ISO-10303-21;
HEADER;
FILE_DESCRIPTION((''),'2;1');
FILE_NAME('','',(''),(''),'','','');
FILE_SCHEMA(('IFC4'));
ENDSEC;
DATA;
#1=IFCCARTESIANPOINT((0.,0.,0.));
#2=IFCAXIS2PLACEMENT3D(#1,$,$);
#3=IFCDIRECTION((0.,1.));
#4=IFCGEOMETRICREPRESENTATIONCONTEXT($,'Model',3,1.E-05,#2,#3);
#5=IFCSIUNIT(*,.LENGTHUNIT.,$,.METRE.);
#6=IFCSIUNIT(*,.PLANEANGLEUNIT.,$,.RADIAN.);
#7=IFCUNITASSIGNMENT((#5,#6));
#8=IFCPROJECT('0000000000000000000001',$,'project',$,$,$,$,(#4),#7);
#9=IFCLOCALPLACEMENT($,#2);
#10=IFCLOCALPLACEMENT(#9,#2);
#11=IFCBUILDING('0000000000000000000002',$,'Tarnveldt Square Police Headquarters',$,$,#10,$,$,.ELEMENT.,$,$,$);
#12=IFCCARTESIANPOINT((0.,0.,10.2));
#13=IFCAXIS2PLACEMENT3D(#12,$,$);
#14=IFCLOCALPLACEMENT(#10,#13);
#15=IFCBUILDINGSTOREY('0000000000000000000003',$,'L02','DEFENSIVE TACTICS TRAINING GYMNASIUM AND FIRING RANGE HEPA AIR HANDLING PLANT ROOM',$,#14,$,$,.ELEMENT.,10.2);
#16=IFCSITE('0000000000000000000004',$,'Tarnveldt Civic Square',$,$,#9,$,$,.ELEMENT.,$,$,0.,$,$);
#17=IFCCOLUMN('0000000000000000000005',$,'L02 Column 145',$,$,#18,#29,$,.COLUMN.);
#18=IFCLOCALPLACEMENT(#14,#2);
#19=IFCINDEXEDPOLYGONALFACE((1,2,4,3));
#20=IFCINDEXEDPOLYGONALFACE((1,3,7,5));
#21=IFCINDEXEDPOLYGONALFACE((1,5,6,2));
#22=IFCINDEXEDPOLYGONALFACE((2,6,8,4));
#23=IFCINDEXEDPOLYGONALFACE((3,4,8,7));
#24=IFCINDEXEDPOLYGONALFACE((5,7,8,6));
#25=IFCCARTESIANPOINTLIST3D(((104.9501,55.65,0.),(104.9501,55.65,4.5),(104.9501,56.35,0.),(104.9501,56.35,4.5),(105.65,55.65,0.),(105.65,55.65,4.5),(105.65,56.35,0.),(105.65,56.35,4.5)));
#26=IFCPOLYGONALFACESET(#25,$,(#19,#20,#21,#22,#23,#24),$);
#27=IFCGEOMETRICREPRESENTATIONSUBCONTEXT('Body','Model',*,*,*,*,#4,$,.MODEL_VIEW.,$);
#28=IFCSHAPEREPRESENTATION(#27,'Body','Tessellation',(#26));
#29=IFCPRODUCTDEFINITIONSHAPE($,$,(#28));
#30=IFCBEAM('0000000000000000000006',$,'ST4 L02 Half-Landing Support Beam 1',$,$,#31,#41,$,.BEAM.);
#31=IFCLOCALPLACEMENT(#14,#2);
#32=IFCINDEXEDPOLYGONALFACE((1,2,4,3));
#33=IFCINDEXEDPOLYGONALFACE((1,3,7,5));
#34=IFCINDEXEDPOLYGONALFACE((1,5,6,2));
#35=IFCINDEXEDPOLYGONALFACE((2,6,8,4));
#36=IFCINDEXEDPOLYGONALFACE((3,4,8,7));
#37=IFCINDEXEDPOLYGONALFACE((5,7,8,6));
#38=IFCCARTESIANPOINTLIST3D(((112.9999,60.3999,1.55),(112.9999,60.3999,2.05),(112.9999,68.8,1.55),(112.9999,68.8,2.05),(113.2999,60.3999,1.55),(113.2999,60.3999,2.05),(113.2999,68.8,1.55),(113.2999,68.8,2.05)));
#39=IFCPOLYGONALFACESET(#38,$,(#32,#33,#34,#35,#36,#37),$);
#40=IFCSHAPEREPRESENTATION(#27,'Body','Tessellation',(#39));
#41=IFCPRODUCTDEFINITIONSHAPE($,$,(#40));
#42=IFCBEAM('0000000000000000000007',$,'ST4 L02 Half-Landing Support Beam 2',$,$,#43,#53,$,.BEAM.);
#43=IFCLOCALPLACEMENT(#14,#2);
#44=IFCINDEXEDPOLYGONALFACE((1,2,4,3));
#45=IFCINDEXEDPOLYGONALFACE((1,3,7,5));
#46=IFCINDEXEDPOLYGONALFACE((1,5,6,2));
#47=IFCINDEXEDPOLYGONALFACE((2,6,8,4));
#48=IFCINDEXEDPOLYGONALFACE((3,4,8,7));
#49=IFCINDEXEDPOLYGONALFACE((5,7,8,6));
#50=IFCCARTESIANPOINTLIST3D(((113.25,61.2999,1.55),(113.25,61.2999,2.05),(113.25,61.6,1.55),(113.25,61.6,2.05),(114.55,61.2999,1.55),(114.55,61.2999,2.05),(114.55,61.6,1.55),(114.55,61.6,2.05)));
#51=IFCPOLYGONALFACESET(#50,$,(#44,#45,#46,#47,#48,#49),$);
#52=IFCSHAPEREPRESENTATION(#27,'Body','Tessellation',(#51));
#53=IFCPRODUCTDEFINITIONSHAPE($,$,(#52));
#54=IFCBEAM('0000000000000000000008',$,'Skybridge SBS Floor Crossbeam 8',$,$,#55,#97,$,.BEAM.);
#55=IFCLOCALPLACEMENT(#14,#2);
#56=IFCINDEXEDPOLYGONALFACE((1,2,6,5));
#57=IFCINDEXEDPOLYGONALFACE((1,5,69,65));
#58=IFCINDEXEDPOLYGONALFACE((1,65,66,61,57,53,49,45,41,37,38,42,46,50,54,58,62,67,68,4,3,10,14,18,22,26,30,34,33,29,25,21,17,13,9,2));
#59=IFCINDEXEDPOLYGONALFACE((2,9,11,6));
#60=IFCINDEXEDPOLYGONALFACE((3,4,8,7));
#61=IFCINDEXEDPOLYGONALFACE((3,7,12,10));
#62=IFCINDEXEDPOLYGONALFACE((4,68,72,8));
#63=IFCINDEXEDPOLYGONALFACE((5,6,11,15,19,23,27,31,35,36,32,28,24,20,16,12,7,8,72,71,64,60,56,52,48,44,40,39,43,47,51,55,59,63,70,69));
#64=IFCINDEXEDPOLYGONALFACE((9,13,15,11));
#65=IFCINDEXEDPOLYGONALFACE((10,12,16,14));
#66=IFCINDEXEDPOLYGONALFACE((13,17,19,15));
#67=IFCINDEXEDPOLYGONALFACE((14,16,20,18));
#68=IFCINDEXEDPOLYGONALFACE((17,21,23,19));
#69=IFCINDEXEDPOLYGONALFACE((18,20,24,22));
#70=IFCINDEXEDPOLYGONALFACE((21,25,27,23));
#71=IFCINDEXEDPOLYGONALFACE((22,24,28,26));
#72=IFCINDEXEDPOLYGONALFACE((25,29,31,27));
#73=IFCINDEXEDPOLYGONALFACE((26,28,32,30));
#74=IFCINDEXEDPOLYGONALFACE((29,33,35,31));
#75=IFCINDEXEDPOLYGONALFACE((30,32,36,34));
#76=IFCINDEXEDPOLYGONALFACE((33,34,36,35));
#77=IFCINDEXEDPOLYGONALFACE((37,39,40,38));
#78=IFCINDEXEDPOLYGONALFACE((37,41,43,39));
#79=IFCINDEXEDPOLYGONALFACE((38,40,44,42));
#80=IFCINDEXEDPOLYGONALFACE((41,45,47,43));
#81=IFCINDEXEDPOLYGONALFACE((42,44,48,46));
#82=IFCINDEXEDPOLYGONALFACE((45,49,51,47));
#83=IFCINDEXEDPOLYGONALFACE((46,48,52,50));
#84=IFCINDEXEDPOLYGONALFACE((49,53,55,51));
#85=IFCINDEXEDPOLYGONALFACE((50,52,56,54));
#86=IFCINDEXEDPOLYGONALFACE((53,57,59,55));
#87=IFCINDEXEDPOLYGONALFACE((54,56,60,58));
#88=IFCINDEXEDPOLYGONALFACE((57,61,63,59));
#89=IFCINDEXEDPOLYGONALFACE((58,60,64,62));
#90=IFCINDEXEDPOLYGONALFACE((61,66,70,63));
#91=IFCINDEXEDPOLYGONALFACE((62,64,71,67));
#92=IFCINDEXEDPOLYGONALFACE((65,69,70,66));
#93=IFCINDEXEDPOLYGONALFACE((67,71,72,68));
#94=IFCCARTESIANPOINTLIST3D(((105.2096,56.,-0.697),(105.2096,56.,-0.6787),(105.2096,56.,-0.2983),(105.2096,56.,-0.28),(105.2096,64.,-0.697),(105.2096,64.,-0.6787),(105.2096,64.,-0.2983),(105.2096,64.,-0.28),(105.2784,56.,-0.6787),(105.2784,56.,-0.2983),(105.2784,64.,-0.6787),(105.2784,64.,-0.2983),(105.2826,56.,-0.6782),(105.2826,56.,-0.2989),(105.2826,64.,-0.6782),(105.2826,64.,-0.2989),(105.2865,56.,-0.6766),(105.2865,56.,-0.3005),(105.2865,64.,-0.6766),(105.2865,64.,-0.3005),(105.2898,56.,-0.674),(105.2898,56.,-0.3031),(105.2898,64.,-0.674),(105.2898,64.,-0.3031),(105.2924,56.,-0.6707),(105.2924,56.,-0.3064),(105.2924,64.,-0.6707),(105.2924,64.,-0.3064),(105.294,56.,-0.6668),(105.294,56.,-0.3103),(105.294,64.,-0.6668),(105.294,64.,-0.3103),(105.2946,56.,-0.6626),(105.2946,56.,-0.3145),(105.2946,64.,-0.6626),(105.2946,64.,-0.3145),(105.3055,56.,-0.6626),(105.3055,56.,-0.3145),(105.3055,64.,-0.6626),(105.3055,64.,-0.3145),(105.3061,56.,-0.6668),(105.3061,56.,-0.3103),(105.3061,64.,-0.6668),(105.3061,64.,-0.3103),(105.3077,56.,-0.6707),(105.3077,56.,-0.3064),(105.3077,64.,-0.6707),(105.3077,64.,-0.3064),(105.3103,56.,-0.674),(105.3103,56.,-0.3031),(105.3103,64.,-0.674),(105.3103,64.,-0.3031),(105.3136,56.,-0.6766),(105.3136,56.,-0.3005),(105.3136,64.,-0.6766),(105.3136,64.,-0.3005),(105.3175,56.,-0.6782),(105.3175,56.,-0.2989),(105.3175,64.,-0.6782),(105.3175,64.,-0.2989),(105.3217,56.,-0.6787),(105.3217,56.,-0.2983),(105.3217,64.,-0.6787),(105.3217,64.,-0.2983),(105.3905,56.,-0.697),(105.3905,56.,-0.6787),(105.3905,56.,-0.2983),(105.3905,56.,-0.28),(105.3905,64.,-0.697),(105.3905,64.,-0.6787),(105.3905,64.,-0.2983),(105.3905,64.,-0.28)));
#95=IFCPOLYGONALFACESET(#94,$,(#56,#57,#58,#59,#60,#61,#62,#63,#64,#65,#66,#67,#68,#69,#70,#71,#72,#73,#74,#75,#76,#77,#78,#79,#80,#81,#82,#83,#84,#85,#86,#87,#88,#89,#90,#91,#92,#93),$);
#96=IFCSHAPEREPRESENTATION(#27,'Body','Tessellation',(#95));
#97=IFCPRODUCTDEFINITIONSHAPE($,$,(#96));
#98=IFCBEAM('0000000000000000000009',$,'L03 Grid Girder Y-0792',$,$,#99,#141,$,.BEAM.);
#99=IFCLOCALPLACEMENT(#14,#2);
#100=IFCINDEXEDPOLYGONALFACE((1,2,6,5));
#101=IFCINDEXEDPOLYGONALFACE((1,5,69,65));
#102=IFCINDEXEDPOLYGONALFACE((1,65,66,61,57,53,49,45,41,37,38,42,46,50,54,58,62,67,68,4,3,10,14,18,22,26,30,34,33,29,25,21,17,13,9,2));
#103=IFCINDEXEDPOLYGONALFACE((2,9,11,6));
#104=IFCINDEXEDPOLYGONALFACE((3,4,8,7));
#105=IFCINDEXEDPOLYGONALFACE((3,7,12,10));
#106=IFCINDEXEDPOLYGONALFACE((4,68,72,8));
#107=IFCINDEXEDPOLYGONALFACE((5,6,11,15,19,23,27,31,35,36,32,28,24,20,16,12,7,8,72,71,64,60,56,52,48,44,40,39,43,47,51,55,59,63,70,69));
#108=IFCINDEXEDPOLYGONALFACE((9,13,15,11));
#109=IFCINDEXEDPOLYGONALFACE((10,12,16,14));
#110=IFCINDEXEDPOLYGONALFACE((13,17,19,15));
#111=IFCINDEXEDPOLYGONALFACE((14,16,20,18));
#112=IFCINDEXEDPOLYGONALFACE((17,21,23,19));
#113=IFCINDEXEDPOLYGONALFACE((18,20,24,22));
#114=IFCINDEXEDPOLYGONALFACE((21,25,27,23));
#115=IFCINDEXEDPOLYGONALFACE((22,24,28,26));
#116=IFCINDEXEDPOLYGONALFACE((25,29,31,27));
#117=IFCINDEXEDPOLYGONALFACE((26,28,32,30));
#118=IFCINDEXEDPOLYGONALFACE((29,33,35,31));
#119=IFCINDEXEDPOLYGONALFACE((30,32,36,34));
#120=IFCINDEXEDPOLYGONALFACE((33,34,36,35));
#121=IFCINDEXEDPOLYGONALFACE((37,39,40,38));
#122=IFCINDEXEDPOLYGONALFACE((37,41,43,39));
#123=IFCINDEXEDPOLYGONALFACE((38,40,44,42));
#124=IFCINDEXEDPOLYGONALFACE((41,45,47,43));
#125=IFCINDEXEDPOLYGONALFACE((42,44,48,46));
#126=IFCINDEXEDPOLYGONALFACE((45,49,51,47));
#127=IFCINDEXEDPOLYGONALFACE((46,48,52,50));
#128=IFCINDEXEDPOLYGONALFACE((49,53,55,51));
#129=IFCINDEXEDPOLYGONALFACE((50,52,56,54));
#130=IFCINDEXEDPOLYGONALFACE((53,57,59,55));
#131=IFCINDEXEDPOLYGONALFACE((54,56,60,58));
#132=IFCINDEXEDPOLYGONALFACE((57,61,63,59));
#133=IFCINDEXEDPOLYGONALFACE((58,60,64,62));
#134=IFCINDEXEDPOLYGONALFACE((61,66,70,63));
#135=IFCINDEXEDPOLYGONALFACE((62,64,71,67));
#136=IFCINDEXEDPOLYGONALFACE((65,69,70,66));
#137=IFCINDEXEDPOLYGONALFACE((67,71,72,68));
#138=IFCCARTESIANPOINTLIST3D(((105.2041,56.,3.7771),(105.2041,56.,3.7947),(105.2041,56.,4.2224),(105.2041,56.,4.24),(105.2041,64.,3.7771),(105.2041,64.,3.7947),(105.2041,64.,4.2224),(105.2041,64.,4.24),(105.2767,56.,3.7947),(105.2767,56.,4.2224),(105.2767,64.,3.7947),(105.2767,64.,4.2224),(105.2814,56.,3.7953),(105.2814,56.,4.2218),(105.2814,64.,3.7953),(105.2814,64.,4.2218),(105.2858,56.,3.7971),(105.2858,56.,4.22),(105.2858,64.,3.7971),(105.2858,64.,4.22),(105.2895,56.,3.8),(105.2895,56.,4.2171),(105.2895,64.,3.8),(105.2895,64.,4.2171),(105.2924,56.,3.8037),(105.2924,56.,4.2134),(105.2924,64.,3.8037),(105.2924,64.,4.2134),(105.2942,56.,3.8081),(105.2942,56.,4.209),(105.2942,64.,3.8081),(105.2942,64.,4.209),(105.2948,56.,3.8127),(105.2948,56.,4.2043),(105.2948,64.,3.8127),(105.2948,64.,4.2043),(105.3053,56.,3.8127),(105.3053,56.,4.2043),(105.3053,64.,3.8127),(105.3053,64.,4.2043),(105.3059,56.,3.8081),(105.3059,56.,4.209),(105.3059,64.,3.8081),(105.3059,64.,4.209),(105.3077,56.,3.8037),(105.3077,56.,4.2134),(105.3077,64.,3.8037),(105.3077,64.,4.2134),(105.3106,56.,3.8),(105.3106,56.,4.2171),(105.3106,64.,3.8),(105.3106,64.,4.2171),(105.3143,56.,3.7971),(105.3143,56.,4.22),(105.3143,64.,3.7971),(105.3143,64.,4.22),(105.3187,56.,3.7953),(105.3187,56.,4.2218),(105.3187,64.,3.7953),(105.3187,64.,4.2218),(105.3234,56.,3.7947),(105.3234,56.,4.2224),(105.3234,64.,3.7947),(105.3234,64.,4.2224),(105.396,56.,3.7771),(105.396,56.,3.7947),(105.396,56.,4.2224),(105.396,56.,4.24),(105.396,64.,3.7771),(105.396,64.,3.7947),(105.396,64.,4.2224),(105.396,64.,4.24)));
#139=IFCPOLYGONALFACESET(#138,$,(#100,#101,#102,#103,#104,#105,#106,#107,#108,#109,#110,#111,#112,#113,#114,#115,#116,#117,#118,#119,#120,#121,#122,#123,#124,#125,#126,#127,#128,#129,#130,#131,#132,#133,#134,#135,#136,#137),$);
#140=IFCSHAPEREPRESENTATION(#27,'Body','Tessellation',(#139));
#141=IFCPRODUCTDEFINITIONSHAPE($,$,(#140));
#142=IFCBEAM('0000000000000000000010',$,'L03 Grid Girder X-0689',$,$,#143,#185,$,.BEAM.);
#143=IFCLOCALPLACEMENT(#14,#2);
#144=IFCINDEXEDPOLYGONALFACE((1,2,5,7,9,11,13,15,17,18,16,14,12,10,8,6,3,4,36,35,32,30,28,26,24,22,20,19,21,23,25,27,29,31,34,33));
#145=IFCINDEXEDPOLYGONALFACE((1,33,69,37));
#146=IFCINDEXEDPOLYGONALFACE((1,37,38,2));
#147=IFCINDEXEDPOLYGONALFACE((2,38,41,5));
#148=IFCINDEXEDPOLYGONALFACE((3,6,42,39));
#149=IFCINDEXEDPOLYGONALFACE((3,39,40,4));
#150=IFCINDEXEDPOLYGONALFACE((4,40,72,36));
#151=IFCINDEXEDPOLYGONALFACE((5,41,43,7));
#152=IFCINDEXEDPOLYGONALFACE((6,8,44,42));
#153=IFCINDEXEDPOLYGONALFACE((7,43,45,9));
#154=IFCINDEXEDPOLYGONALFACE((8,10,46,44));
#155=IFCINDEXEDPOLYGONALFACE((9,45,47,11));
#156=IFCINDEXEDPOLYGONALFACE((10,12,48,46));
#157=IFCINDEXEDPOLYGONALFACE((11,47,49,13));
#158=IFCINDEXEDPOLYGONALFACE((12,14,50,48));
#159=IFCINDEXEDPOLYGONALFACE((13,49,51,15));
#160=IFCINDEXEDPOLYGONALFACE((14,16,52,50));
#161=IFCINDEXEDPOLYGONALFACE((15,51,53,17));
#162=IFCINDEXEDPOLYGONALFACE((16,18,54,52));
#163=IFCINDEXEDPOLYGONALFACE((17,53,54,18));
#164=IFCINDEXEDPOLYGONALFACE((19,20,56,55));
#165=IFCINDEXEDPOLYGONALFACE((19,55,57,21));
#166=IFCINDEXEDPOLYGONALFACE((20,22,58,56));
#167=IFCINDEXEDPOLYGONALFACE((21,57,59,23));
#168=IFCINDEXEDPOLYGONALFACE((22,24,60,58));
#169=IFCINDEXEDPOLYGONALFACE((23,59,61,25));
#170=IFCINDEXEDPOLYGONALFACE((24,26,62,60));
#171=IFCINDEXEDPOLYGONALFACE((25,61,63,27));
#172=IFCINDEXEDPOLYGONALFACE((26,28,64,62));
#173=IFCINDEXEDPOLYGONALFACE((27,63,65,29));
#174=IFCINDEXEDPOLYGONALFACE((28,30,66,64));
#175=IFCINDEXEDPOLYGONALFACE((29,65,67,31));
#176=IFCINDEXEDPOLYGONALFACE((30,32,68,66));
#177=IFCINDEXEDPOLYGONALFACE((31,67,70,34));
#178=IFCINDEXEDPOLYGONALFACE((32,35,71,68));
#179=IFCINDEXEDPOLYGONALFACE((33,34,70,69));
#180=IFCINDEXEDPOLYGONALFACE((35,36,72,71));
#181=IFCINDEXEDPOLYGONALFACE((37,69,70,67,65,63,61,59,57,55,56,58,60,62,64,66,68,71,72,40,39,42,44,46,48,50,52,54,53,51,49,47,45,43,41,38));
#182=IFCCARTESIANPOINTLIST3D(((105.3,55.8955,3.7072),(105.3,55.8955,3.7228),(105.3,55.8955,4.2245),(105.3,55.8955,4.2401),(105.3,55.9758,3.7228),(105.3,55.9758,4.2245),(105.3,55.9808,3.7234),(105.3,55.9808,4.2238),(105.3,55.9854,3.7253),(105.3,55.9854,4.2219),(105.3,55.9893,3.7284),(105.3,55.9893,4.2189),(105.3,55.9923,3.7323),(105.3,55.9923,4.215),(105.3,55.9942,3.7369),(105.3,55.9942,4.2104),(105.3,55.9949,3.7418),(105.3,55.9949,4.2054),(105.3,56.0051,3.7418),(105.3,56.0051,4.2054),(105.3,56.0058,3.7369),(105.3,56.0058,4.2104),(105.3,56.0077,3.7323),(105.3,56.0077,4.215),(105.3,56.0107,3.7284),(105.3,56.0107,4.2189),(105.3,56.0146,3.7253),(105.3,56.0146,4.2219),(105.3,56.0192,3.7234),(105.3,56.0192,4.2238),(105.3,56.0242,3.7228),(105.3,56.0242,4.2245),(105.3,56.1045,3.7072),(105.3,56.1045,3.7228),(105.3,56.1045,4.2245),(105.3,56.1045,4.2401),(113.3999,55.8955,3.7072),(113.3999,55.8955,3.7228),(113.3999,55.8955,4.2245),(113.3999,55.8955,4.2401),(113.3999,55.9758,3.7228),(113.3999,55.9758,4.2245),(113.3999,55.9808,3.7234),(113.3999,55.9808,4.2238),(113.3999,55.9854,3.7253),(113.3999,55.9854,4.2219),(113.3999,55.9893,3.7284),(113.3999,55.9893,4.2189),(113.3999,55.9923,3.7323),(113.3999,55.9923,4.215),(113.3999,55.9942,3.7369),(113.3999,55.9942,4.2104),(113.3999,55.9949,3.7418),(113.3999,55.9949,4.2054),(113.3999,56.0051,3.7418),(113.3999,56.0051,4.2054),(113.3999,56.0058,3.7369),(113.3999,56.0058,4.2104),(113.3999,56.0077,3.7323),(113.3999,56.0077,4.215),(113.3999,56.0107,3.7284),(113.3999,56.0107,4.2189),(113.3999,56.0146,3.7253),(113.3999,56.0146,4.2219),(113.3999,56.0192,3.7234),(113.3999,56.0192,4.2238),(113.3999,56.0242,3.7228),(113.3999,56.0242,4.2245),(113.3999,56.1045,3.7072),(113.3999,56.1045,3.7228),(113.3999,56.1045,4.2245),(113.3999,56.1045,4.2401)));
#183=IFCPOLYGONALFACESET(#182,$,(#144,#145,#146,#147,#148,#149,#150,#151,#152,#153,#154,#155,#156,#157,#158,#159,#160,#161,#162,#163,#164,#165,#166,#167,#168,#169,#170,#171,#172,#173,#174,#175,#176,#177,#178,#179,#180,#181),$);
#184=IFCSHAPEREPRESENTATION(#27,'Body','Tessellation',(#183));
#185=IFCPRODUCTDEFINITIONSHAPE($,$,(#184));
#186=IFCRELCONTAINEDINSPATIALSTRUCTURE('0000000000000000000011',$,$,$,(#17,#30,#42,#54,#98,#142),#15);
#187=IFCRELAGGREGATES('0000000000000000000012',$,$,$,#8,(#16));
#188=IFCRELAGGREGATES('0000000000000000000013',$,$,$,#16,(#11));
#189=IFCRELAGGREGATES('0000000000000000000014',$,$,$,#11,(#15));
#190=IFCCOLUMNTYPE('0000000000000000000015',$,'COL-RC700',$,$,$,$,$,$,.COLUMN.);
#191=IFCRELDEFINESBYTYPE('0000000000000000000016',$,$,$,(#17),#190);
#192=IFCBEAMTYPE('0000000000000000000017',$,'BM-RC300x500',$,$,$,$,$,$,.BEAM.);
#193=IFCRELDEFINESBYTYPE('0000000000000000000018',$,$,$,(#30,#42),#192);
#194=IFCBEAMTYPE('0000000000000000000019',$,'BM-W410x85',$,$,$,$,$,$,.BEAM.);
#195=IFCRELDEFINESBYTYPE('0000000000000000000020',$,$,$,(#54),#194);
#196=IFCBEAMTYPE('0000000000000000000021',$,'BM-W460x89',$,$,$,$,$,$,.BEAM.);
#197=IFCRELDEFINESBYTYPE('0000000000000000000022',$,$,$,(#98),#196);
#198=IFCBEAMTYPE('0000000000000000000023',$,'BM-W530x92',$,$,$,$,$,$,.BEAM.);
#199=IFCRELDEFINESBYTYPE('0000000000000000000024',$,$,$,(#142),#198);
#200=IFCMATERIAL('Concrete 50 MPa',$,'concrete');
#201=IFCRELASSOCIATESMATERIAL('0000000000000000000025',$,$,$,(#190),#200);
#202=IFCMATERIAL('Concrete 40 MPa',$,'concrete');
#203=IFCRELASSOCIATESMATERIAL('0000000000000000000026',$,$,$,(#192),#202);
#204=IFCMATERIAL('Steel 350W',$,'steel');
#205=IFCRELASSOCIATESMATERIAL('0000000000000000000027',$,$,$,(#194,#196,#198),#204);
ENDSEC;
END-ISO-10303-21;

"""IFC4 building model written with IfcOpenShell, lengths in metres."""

from ifc_helpers import new_model, si_unit, direction, frame, origin, origin_2d, place, context, subcontext, project, spatial, rectangle, i_section, extrude, material, material_profile, profile_set, type_object, element, save


model = new_model("IFC4")

# Units and contexts
model_context = context("Model", 3, precision=1e-05, world=origin(), true_north=direction((0.0, 1.0)))
body_context = subcontext(model_context, "Body", "Model", "MODEL_VIEW")
ifc_project = project(units=[si_unit("LENGTHUNIT", "METRE"), si_unit("PLANEANGLEUNIT", "RADIAN")], contexts=[model_context])

# Site, building, storey
site_placement = place(None, origin())
site = spatial("IfcSite", under=ifc_project, at=site_placement, Name="Tarnveldt Civic Square", CompositionType="ELEMENT", RefElevation=0.0)
building_placement = place(site_placement, origin())
building = spatial("IfcBuilding", under=site, at=building_placement, Name="Tarnveldt Square Police Headquarters", CompositionType="ELEMENT")
storey_placement = place(building_placement, frame((0.0, 0.0, 10.2)))
storey = spatial("IfcBuildingStorey", under=building, at=storey_placement, Name="L02", Description="DEFENSIVE TACTICS TRAINING GYMNASIUM AND FIRING RANGE HEPA AIR HANDLING PLANT ROOM", CompositionType="ELEMENT", Elevation=10.2)

# Column
ifc_material_1 = material(Name="Concrete 50 MPa", Category="concrete")
ifc_material_profile_1 = material_profile(ifc_material_1, rectangle(XDim=0.7, YDim=0.7, at=origin_2d()), Name="RC-C700x700")
ifc_profile_set_1 = profile_set([ifc_material_profile_1], Name="Concrete 50 MPa")
column_type = type_object("IfcColumnType", Name="COL-RC700", PredefinedType="COLUMN", material=ifc_profile_set_1)
column_placement = place(storey_placement, frame((105.3, 56.0, 0.0), z_axis=(0.0, 0.0, 1.0), x_axis=(1.0, 0.0, 0.0)))
element("IfcColumn", 1, at=column_placement, inside=storey, type_object=column_type, Name="L02 Column 145", PredefinedType="COLUMN", context=body_context, shape_type="SweptSolid", body=[
    extrude(rectangle(XDim=0.7, YDim=0.7, at=origin_2d()), origin(), (0.0, 0.0, 1.0), 4.5),
])

# Beams
ifc_material_2 = material(Name="Concrete 40 MPa", Category="concrete")
ifc_material_profile_2 = material_profile(ifc_material_2, rectangle(XDim=0.3, YDim=0.5, at=origin_2d()), Name="RC-B300x500")
ifc_profile_set_2 = profile_set([ifc_material_profile_2], Name="Concrete 40 MPa")
beam_type_1 = type_object("IfcBeamType", Name="BM-RC300x500", PredefinedType="BEAM", material=ifc_profile_set_2)
beam_1_placement = place(storey_placement, frame((113.1499, 60.3999, 1.8), z_axis=(0.0, 1.0, 0.0), x_axis=(-1.0, 0.0, 0.0)))
element("IfcBeam", 2, at=beam_1_placement, inside=storey, type_object=beam_type_1, Name="ST4 L02 Half-Landing Support Beam 1", PredefinedType="BEAM", context=body_context, shape_type="SweptSolid", body=[
    extrude(rectangle(XDim=0.3, YDim=0.5, at=origin_2d()), origin(), (0.0, 0.0, 1.0), 8.4001),
])
beam_2_placement = place(storey_placement, frame((113.25, 61.45, 1.8), z_axis=(1.0, 0.0, 0.0), x_axis=(0.0, 1.0, 0.0)))
element("IfcBeam", 3, at=beam_2_placement, inside=storey, type_object=beam_type_1, Name="ST4 L02 Half-Landing Support Beam 2", PredefinedType="BEAM", context=body_context, shape_type="SweptSolid", body=[
    extrude(rectangle(XDim=0.3, YDim=0.5, at=origin_2d()), origin(), (0.0, 0.0, 1.0), 1.3),
])
ifc_material_3 = material(Name="Steel 350W", Category="steel")
ifc_material_profile_3 = material_profile(ifc_material_3, i_section(OverallWidth=0.1809, OverallDepth=0.417, WebThickness=0.011, FlangeThickness=0.0183, FilletRadius=0.0161, at=origin_2d()), Name="W410x85")
ifc_profile_set_3 = profile_set([ifc_material_profile_3], Name="Steel 350W")
beam_type_2 = type_object("IfcBeamType", Name="BM-W410x85", PredefinedType="BEAM", material=ifc_profile_set_3)
beam_3_placement = place(storey_placement, frame((105.3, 56.0, -0.4885), z_axis=(0.0, 1.0, 0.0), x_axis=(-1.0, 0.0, 0.0)))
element("IfcBeam", 4, at=beam_3_placement, inside=storey, type_object=beam_type_2, Name="Skybridge SBS Floor Crossbeam 8", PredefinedType="BEAM", context=body_context, shape_type="SweptSolid", body=[
    extrude(i_section(OverallWidth=0.1809, OverallDepth=0.417, WebThickness=0.011, FlangeThickness=0.0183, FilletRadius=0.0161, at=origin_2d()), origin(), (0.0, 0.0, 1.0), 8.0),
])
ifc_material_profile_4 = material_profile(ifc_material_3, i_section(OverallWidth=0.1919, OverallDepth=0.4629, WebThickness=0.0105, FlangeThickness=0.0176, FilletRadius=0.0181, at=origin_2d()), Name="W460x89")
ifc_profile_set_4 = profile_set([ifc_material_profile_4], Name="Steel 350W")
beam_type_3 = type_object("IfcBeamType", Name="BM-W460x89", PredefinedType="BEAM", material=ifc_profile_set_4)
beam_4_placement = place(storey_placement, frame((105.3, 56.0, 4.0085), z_axis=(0.0, 1.0, 0.0), x_axis=(-1.0, 0.0, 0.0)))
element("IfcBeam", 5, at=beam_4_placement, inside=storey, type_object=beam_type_3, Name="L03 Grid Girder Y-0792", PredefinedType="BEAM", context=body_context, shape_type="SweptSolid", body=[
    extrude(i_section(OverallWidth=0.1919, OverallDepth=0.4629, WebThickness=0.0105, FlangeThickness=0.0176, FilletRadius=0.0181, at=origin_2d()), origin(), (0.0, 0.0, 1.0), 8.0),
])
ifc_material_profile_5 = material_profile(ifc_material_3, i_section(OverallWidth=0.209, OverallDepth=0.533, WebThickness=0.0103, FlangeThickness=0.0156, FilletRadius=0.019, at=origin_2d()), Name="W530x92")
ifc_profile_set_5 = profile_set([ifc_material_profile_5], Name="Steel 350W")
beam_type_4 = type_object("IfcBeamType", Name="BM-W530x92", PredefinedType="BEAM", material=ifc_profile_set_5)
beam_5_placement = place(storey_placement, frame((105.3, 56.0, 3.9736), z_axis=(1.0, 0.0, 0.0), x_axis=(0.0, 1.0, 0.0)))
element("IfcBeam", 6, at=beam_5_placement, inside=storey, type_object=beam_type_4, Name="L03 Grid Girder X-0689", PredefinedType="BEAM", context=body_context, shape_type="SweptSolid", body=[
    extrude(i_section(OverallWidth=0.209, OverallDepth=0.533, WebThickness=0.0103, FlangeThickness=0.0156, FilletRadius=0.019, at=origin_2d()), origin(), (0.0, 0.0, 1.0), 8.0999),
])

save(model, "model.ifc")
